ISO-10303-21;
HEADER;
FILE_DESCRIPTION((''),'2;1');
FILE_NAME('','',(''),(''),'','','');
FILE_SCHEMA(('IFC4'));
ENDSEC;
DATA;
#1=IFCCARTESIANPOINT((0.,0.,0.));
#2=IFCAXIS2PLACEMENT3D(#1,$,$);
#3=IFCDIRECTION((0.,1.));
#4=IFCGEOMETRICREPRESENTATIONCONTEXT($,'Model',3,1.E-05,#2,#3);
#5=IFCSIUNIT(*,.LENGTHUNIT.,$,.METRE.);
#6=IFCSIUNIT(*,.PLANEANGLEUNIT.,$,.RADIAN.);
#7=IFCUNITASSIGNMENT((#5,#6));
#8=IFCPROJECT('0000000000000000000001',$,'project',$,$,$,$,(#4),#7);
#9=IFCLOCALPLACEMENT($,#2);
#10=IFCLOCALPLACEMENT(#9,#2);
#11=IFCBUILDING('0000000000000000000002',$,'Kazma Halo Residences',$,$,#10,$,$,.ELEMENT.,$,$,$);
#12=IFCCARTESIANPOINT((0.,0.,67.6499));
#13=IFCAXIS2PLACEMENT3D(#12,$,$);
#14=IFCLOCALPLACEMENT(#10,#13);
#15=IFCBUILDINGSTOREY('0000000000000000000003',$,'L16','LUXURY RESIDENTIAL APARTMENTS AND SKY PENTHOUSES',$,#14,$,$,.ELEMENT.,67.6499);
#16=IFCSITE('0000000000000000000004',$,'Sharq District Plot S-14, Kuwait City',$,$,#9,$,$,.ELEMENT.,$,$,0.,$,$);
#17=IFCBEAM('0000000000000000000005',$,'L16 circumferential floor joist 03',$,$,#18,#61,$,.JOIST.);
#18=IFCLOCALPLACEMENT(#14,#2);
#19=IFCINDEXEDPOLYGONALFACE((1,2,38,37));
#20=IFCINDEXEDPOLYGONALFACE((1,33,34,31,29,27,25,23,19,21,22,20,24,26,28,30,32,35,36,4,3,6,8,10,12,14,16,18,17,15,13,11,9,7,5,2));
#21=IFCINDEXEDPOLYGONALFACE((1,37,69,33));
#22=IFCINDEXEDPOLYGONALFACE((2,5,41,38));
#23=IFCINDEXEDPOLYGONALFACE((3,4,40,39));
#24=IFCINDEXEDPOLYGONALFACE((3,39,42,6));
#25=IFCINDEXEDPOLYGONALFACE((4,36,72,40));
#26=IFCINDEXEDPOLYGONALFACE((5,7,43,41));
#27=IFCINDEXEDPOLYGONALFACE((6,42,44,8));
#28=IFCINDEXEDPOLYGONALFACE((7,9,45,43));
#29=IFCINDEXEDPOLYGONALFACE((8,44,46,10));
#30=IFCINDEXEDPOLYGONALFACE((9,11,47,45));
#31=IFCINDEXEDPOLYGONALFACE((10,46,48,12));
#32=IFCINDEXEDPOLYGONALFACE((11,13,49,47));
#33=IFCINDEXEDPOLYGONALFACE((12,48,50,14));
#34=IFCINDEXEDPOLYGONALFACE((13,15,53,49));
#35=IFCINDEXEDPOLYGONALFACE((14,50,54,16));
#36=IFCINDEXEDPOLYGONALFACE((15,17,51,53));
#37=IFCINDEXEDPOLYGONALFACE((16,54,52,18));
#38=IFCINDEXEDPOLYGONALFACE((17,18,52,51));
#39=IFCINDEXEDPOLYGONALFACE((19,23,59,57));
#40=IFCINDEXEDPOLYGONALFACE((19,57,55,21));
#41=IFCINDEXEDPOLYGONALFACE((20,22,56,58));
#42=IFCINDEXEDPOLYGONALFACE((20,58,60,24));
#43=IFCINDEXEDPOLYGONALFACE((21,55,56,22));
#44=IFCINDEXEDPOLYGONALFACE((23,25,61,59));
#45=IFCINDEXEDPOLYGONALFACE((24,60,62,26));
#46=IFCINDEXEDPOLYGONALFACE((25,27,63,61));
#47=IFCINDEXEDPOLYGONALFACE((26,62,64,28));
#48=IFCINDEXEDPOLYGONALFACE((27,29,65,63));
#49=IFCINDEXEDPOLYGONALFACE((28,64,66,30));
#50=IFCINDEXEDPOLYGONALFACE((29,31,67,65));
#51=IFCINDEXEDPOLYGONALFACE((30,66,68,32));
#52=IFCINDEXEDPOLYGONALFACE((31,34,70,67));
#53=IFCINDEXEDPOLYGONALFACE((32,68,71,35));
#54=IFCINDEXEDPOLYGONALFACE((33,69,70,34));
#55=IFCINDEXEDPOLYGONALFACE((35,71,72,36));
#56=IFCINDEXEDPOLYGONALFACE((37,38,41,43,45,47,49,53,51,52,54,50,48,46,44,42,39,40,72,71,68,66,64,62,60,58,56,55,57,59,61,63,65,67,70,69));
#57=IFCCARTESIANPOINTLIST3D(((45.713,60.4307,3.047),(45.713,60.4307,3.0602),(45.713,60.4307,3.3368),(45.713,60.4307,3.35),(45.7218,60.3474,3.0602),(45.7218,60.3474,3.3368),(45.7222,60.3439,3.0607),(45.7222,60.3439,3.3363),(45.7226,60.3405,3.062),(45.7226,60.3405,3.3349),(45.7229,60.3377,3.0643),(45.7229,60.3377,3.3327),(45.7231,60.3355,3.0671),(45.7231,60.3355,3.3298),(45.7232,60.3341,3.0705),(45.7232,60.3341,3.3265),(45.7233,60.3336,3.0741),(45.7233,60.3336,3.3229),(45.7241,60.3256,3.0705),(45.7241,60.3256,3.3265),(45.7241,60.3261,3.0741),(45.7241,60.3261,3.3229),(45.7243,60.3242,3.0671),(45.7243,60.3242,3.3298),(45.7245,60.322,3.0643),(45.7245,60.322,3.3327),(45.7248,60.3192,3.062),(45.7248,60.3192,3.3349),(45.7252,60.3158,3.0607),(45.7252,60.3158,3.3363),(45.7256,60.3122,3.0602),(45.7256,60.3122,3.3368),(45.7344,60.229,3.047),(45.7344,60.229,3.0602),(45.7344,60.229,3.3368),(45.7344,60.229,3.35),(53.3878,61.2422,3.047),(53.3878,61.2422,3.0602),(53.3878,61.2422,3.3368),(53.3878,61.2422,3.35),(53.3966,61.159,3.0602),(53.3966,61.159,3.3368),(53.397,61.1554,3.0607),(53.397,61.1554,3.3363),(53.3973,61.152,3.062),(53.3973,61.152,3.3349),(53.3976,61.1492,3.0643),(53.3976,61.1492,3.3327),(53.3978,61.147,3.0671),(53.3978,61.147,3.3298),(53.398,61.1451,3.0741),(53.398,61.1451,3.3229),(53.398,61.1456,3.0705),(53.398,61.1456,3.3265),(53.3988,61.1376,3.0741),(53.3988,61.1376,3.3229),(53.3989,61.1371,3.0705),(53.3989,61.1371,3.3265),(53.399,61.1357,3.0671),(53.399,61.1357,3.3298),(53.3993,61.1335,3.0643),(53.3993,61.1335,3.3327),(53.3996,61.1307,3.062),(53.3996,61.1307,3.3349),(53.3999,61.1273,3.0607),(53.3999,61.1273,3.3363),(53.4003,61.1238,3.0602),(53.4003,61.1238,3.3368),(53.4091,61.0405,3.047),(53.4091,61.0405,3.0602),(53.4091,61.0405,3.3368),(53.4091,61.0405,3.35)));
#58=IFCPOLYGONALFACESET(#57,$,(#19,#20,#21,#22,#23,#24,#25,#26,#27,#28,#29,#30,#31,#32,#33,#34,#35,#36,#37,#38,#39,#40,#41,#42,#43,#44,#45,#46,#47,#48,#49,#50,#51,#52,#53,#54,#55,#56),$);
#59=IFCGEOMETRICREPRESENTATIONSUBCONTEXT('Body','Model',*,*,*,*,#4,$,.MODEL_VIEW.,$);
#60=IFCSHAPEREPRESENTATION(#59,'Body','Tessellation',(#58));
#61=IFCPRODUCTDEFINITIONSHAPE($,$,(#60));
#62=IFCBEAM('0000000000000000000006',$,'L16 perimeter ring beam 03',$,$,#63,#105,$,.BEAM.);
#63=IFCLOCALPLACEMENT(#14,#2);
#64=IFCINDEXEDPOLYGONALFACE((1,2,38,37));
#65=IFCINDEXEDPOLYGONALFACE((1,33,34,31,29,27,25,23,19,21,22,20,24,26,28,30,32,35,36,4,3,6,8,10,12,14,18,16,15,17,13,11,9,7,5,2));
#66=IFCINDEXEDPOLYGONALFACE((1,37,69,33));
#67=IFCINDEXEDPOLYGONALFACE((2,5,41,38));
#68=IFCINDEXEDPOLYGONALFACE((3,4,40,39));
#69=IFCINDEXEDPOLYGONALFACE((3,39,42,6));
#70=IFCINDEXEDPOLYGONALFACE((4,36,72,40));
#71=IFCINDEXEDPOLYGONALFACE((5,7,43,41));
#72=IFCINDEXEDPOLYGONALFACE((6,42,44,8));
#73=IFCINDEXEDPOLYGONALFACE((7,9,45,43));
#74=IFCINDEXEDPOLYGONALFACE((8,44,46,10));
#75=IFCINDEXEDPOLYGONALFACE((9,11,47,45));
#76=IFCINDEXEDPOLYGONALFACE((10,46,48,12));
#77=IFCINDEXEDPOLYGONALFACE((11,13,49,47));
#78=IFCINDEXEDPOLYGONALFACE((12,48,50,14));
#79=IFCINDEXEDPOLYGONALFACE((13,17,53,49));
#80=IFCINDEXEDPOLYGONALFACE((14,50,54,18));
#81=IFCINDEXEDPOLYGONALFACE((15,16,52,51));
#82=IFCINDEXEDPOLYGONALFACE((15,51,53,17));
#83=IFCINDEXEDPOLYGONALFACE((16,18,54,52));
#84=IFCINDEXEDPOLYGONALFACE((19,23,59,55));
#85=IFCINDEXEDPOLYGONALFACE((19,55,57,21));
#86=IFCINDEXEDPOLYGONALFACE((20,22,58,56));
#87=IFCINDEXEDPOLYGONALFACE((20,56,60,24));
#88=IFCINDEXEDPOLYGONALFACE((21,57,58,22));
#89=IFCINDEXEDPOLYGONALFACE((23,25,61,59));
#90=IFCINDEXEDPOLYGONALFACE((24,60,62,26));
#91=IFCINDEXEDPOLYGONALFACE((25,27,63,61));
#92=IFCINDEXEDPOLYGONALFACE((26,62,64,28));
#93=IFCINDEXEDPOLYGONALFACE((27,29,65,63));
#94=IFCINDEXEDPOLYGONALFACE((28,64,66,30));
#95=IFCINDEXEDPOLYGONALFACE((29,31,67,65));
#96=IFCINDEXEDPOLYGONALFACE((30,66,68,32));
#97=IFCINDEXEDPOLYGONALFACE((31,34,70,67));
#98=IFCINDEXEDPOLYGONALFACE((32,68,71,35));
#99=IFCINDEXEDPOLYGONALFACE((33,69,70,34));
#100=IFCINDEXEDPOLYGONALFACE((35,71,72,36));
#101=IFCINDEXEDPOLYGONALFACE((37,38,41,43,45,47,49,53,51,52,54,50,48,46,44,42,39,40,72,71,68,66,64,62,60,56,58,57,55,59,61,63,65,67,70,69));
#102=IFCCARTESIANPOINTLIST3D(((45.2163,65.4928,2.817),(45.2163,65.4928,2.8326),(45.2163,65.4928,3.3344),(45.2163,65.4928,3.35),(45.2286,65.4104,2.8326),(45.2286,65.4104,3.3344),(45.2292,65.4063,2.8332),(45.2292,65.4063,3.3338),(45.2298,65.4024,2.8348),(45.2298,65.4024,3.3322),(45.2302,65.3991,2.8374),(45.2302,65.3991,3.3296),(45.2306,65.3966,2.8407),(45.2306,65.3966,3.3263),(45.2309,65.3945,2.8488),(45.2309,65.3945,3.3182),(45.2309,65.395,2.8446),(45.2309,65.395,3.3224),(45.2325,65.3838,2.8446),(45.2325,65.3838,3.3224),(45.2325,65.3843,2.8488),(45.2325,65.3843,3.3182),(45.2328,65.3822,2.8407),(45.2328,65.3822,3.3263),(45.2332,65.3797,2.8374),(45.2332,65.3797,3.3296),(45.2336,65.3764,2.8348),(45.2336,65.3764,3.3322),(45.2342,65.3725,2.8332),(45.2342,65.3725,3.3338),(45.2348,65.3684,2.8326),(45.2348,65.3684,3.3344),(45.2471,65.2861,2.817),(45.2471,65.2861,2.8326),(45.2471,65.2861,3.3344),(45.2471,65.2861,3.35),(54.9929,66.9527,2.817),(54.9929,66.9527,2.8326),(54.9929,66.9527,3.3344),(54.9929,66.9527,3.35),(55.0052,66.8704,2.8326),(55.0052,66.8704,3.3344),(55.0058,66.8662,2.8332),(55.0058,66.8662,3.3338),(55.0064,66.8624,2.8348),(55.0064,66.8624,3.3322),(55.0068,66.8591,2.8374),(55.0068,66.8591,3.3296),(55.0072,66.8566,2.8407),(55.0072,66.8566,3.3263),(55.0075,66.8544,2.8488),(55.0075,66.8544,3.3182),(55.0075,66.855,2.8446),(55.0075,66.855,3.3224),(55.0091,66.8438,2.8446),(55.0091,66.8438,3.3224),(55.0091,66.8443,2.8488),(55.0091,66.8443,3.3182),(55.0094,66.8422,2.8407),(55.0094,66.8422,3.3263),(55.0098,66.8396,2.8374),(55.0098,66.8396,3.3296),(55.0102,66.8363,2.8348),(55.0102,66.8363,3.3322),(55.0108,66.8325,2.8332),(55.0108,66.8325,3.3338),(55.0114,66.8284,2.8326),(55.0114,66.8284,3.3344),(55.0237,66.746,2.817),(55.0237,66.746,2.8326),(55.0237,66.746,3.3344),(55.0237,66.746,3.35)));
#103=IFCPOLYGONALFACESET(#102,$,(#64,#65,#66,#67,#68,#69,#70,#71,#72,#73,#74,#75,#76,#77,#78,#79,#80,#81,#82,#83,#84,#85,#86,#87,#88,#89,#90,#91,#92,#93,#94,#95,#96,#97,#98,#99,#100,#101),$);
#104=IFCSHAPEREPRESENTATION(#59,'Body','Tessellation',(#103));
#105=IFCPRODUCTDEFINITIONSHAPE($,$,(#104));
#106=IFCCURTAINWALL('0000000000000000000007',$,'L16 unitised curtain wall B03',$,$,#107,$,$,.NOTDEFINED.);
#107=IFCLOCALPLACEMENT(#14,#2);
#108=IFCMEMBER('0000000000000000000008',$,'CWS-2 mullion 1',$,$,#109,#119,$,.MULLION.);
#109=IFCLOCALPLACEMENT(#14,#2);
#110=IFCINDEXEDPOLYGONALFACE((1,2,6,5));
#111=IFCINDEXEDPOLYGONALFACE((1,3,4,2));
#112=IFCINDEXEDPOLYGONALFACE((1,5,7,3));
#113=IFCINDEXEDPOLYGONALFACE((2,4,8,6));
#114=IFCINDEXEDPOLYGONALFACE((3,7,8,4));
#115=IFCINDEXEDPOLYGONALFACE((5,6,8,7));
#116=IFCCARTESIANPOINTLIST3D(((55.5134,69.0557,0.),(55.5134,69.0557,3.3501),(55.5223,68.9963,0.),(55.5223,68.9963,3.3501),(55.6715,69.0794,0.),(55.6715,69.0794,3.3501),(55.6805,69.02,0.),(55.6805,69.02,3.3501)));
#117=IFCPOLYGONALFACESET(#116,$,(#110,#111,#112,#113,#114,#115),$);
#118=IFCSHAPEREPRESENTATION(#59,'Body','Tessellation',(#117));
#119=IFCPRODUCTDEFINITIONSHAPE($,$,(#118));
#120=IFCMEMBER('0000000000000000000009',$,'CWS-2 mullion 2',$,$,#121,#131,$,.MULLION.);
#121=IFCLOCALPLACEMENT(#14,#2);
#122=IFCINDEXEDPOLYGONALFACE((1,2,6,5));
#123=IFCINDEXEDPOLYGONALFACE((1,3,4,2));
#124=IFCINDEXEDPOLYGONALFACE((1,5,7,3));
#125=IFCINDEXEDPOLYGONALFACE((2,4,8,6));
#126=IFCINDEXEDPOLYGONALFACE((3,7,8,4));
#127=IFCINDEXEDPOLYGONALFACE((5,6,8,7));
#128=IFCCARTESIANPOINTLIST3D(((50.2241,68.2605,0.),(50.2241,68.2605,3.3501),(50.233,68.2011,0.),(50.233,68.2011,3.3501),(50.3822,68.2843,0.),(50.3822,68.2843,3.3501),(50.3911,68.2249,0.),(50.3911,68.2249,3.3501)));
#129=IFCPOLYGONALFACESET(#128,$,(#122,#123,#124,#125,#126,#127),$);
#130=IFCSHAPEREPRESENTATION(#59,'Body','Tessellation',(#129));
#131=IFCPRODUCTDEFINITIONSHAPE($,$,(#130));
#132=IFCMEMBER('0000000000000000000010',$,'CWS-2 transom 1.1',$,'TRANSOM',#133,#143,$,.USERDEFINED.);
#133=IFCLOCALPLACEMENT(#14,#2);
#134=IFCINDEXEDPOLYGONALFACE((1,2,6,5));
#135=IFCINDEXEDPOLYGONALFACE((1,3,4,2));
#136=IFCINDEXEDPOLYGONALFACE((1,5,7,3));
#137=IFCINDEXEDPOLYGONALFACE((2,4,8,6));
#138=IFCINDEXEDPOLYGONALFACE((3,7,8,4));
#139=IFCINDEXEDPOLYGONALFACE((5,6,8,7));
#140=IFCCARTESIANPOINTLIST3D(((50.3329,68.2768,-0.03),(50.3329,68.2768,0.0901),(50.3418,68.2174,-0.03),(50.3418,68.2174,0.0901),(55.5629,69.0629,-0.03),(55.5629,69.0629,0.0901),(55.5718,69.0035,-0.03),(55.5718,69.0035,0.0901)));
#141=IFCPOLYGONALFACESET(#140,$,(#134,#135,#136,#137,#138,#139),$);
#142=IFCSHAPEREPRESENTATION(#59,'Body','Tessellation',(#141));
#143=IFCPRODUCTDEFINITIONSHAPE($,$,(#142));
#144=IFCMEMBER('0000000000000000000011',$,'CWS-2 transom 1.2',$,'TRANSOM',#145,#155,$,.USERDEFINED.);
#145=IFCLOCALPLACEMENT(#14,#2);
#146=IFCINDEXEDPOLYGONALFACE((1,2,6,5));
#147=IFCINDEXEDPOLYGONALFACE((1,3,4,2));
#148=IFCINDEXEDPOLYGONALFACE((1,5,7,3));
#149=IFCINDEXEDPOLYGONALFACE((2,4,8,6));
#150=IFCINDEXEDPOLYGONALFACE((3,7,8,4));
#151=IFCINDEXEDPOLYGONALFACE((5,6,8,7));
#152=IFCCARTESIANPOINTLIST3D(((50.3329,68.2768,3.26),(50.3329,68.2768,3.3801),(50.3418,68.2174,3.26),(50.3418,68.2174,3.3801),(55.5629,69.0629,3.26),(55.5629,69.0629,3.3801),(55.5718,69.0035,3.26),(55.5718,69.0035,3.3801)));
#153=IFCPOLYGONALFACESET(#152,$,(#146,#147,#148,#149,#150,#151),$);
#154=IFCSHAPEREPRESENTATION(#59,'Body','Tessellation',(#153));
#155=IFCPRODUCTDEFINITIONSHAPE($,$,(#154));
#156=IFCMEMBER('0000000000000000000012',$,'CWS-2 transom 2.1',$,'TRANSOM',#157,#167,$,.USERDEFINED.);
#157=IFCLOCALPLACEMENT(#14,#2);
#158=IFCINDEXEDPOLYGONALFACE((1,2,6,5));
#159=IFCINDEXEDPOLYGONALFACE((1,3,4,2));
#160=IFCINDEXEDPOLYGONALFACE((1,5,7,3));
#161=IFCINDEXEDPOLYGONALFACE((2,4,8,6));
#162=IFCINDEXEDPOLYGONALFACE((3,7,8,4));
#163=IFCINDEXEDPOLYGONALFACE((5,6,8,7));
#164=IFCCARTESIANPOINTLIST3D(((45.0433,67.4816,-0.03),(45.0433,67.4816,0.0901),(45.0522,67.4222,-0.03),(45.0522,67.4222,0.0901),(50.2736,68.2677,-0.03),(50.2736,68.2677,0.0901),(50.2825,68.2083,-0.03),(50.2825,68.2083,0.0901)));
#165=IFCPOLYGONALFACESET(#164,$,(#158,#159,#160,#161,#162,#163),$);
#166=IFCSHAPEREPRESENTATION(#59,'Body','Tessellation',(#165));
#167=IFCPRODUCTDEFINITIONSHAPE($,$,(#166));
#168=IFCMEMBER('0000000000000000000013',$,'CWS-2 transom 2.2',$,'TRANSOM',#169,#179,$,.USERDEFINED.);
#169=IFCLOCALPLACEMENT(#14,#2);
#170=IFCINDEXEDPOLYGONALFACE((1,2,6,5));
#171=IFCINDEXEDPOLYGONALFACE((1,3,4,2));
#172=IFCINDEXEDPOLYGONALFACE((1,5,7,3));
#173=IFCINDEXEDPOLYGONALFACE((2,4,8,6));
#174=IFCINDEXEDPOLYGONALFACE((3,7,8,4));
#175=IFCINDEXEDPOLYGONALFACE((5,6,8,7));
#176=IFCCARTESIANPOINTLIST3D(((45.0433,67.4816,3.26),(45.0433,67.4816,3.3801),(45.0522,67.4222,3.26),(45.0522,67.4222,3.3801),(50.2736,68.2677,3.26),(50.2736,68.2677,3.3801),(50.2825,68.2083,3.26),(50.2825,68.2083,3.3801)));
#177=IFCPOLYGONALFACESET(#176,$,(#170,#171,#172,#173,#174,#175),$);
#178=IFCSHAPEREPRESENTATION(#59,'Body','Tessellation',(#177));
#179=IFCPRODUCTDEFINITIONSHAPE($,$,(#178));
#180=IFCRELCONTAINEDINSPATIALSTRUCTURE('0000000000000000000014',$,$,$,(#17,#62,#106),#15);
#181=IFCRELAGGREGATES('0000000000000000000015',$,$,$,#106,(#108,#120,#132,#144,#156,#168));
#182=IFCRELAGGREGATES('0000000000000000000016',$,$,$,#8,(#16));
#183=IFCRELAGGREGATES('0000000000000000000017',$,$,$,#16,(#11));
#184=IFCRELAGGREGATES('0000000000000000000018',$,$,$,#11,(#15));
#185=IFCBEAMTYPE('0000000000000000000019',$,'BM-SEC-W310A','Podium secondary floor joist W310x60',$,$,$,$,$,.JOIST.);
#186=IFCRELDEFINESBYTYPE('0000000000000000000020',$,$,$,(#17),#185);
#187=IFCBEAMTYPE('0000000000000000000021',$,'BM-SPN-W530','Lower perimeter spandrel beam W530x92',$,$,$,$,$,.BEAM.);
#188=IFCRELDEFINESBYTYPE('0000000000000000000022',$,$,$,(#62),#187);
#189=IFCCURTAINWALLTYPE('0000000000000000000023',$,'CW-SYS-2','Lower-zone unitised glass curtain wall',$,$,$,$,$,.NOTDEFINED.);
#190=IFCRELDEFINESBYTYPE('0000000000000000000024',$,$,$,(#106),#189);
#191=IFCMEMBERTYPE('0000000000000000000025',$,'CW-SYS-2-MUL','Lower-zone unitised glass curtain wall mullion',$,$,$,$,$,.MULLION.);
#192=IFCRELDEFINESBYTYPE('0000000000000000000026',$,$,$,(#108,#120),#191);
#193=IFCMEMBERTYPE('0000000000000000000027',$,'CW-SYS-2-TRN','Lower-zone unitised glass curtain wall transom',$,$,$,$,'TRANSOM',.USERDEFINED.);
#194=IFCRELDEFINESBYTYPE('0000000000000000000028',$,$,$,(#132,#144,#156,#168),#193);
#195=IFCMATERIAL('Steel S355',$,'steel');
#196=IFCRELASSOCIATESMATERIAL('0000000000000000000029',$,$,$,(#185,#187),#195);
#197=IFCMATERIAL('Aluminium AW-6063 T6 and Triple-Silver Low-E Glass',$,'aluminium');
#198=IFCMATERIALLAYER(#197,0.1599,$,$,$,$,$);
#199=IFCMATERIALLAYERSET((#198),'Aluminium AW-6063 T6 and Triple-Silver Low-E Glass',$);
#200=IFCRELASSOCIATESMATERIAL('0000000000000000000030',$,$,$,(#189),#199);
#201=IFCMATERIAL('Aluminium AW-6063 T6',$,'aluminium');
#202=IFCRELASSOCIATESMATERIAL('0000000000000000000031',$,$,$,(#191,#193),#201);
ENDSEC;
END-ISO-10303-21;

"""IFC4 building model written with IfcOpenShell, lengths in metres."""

from ifc_helpers import new_model, si_unit, direction, frame, origin, origin_2d, place, context, subcontext, project, spatial, rectangle, i_section, extrude, material, layer, layer_set, material_profile, profile_set, type_object, element, aggregate, save


model = new_model("IFC4")

# Units and contexts
model_context = context("Model", 3, precision=1e-05, world=origin(), true_north=direction((0.0, 1.0)))
body_context = subcontext(model_context, "Body", "Model", "MODEL_VIEW")
ifc_project = project(units=[si_unit("LENGTHUNIT", "METRE"), si_unit("PLANEANGLEUNIT", "RADIAN")], contexts=[model_context])

# Site, building, storey
site_placement = place(None, origin())
site = spatial("IfcSite", under=ifc_project, at=site_placement, Name="Sharq District Plot S-14, Kuwait City", CompositionType="ELEMENT", RefElevation=0.0)
building_placement = place(site_placement, origin())
building = spatial("IfcBuilding", under=site, at=building_placement, Name="Kazma Halo Residences", CompositionType="ELEMENT")
storey_placement = place(building_placement, frame((0.0, 0.0, 67.6499)))
storey = spatial("IfcBuildingStorey", under=building, at=storey_placement, Name="L16", Description="LUXURY RESIDENTIAL APARTMENTS AND SKY PENTHOUSES", CompositionType="ELEMENT", Elevation=67.6499)

# Beams
ifc_material_1 = material(Name="Steel S355", Category="steel")
ifc_material_profile_1 = material_profile(ifc_material_1, i_section(OverallWidth=0.2029, OverallDepth=0.303, WebThickness=0.0076, FlangeThickness=0.0132, FilletRadius=0.0139, at=origin_2d()), Name="W310x60")
ifc_profile_set_1 = profile_set([ifc_material_profile_1], Name="Steel S355")
beam_type_1 = type_object("IfcBeamType", Name="BM-SEC-W310A", Description="Podium secondary floor joist W310x60", PredefinedType="JOIST", material=ifc_profile_set_1)
beam_1_placement = place(storey_placement, frame((53.3984, 61.1414, 3.1985), z_axis=(-0.994456, -0.105152, 0.0), x_axis=(0.105152, -0.994456, 0.0)))
element("IfcBeam", 1, at=beam_1_placement, inside=storey, type_object=beam_type_1, Name="L16 circumferential floor joist 03", PredefinedType="JOIST", context=body_context, shape_type="SweptSolid", body=[
    extrude(i_section(OverallWidth=0.2029, OverallDepth=0.303, WebThickness=0.0076, FlangeThickness=0.0132, FilletRadius=0.0139, at=origin_2d()), origin(), (0.0, 0.0, 1.0), 7.7175),
])
ifc_material_profile_2 = material_profile(ifc_material_1, i_section(OverallWidth=0.209, OverallDepth=0.533, WebThickness=0.0103, FlangeThickness=0.0156, FilletRadius=0.0161, at=origin_2d()), Name="W530x92")
ifc_profile_set_2 = profile_set([ifc_material_profile_2], Name="Steel S355")
beam_type_2 = type_object("IfcBeamType", Name="BM-SPN-W530", Description="Lower perimeter spandrel beam W530x92", PredefinedType="BEAM", material=ifc_profile_set_2)
beam_2_placement = place(storey_placement, frame((55.0083, 66.8494, 3.0835), z_axis=(-0.989033, -0.147694, 0.0), x_axis=(0.147694, -0.989033, 0.0)))
element("IfcBeam", 2, at=beam_2_placement, inside=storey, type_object=beam_type_2, Name="L16 perimeter ring beam 03", PredefinedType="BEAM", context=body_context, shape_type="SweptSolid", body=[
    extrude(i_section(OverallWidth=0.209, OverallDepth=0.533, WebThickness=0.0103, FlangeThickness=0.0156, FilletRadius=0.0161, at=origin_2d()), origin(), (0.0, 0.0, 1.0), 9.885),
])

# Curtain wall, members
ifc_material_2 = material(Name="Aluminium AW-6063 T6 and Triple-Silver Low-E Glass", Category="aluminium")
ifc_layer_1 = layer(ifc_material_2, 0.1599)
ifc_layer_set_1 = layer_set([ifc_layer_1], Name="Aluminium AW-6063 T6 and Triple-Silver Low-E Glass")
curtain_wall_type = type_object("IfcCurtainWallType", Name="CW-SYS-2", Description="Lower-zone unitised glass curtain wall", PredefinedType="NOTDEFINED", material=ifc_layer_set_1)
curtain_wall_placement = place(storey_placement, origin())
curtain_wall = element("IfcCurtainWall", 3, at=curtain_wall_placement, inside=storey, type_object=curtain_wall_type, Name="L16 unitised curtain wall B03", PredefinedType="NOTDEFINED")
ifc_material_3 = material(Name="Aluminium AW-6063 T6", Category="aluminium")
ifc_material_profile_3 = material_profile(ifc_material_3, rectangle(XDim=0.0601, YDim=0.1599, at=origin_2d()), Name="CWM-60x160")
ifc_profile_set_3 = profile_set([ifc_material_profile_3], Name="Aluminium AW-6063 T6")
member_type_1 = type_object("IfcMemberType", Name="CW-SYS-2-MUL", Description="Lower-zone unitised glass curtain wall mullion", PredefinedType="MULLION", material=ifc_profile_set_3)
member_1_placement = place(storey_placement, frame((55.5969, 69.0378, 0.0), z_axis=(0.0, 0.0, 1.0), x_axis=(0.148657, -0.988889, 0.0)))
member_1 = element("IfcMember", 4, at=member_1_placement, type_object=member_type_1, Name="CWS-2 mullion 1", PredefinedType="MULLION", context=body_context, shape_type="SweptSolid", body=[
    extrude(rectangle(XDim=0.0601, YDim=0.1599, at=origin_2d()), origin(), (0.0, 0.0, 1.0), 3.3501),
])
member_2_placement = place(storey_placement, frame((50.3076, 68.2427, 0.0), z_axis=(0.0, 0.0, 1.0), x_axis=(0.148657, -0.988889, 0.0)))
member_2 = element("IfcMember", 5, at=member_2_placement, type_object=member_type_1, Name="CWS-2 mullion 2", PredefinedType="MULLION", context=body_context, shape_type="SweptSolid", body=[
    extrude(rectangle(XDim=0.0601, YDim=0.1599, at=origin_2d()), origin(), (0.0, 0.0, 1.0), 3.3501),
])
ifc_material_profile_4 = material_profile(ifc_material_3, rectangle(XDim=0.0601, YDim=0.1201, at=origin_2d()), Name="CWT-60x120")
ifc_profile_set_4 = profile_set([ifc_material_profile_4], Name="Aluminium AW-6063 T6")
member_type_2 = type_object("IfcMemberType", Name="CW-SYS-2-TRN", Description="Lower-zone unitised glass curtain wall transom", ElementType="TRANSOM", PredefinedType="USERDEFINED", material=ifc_profile_set_4)
member_3_placement = place(storey_placement, frame((55.5674, 69.0332, 0.03), z_axis=(-0.988891, -0.148643, 0.0), x_axis=(0.148643, -0.988891, 0.0)))
member_3 = element("IfcMember", 6, at=member_3_placement, type_object=member_type_2, Name="CWS-2 transom 1.1", ObjectType="TRANSOM", PredefinedType="USERDEFINED", context=body_context, shape_type="SweptSolid", body=[
    extrude(rectangle(XDim=0.0601, YDim=0.1201, at=origin_2d()), origin(), (0.0, 0.0, 1.0), 5.2888),
])
member_4_placement = place(storey_placement, frame((55.5674, 69.0332, 3.3201), z_axis=(-0.988891, -0.148643, 0.0), x_axis=(0.148643, -0.988891, 0.0)))
member_4 = element("IfcMember", 7, at=member_4_placement, type_object=member_type_2, Name="CWS-2 transom 1.2", ObjectType="TRANSOM", PredefinedType="USERDEFINED", context=body_context, shape_type="SweptSolid", body=[
    extrude(rectangle(XDim=0.0601, YDim=0.1201, at=origin_2d()), origin(), (0.0, 0.0, 1.0), 5.2888),
])
member_5_placement = place(storey_placement, frame((50.2781, 68.238, 0.03), z_axis=(-0.988892, -0.148636, 0.0), x_axis=(0.148636, -0.988892, 0.0)))
member_5 = element("IfcMember", 8, at=member_5_placement, type_object=member_type_2, Name="CWS-2 transom 2.1", ObjectType="TRANSOM", PredefinedType="USERDEFINED", context=body_context, shape_type="SweptSolid", body=[
    extrude(rectangle(XDim=0.0601, YDim=0.1201, at=origin_2d()), origin(), (0.0, 0.0, 1.0), 5.2891),
])
member_6_placement = place(storey_placement, frame((50.2781, 68.238, 3.3201), z_axis=(-0.988892, -0.148636, 0.0), x_axis=(0.148636, -0.988892, 0.0)))
member_6 = element("IfcMember", 9, at=member_6_placement, type_object=member_type_2, Name="CWS-2 transom 2.2", ObjectType="TRANSOM", PredefinedType="USERDEFINED", context=body_context, shape_type="SweptSolid", body=[
    extrude(rectangle(XDim=0.0601, YDim=0.1201, at=origin_2d()), origin(), (0.0, 0.0, 1.0), 5.2891),
])
aggregate(curtain_wall, [member_1, member_2, member_3, member_4, member_5, member_6])

save(model, "model.ifc")
